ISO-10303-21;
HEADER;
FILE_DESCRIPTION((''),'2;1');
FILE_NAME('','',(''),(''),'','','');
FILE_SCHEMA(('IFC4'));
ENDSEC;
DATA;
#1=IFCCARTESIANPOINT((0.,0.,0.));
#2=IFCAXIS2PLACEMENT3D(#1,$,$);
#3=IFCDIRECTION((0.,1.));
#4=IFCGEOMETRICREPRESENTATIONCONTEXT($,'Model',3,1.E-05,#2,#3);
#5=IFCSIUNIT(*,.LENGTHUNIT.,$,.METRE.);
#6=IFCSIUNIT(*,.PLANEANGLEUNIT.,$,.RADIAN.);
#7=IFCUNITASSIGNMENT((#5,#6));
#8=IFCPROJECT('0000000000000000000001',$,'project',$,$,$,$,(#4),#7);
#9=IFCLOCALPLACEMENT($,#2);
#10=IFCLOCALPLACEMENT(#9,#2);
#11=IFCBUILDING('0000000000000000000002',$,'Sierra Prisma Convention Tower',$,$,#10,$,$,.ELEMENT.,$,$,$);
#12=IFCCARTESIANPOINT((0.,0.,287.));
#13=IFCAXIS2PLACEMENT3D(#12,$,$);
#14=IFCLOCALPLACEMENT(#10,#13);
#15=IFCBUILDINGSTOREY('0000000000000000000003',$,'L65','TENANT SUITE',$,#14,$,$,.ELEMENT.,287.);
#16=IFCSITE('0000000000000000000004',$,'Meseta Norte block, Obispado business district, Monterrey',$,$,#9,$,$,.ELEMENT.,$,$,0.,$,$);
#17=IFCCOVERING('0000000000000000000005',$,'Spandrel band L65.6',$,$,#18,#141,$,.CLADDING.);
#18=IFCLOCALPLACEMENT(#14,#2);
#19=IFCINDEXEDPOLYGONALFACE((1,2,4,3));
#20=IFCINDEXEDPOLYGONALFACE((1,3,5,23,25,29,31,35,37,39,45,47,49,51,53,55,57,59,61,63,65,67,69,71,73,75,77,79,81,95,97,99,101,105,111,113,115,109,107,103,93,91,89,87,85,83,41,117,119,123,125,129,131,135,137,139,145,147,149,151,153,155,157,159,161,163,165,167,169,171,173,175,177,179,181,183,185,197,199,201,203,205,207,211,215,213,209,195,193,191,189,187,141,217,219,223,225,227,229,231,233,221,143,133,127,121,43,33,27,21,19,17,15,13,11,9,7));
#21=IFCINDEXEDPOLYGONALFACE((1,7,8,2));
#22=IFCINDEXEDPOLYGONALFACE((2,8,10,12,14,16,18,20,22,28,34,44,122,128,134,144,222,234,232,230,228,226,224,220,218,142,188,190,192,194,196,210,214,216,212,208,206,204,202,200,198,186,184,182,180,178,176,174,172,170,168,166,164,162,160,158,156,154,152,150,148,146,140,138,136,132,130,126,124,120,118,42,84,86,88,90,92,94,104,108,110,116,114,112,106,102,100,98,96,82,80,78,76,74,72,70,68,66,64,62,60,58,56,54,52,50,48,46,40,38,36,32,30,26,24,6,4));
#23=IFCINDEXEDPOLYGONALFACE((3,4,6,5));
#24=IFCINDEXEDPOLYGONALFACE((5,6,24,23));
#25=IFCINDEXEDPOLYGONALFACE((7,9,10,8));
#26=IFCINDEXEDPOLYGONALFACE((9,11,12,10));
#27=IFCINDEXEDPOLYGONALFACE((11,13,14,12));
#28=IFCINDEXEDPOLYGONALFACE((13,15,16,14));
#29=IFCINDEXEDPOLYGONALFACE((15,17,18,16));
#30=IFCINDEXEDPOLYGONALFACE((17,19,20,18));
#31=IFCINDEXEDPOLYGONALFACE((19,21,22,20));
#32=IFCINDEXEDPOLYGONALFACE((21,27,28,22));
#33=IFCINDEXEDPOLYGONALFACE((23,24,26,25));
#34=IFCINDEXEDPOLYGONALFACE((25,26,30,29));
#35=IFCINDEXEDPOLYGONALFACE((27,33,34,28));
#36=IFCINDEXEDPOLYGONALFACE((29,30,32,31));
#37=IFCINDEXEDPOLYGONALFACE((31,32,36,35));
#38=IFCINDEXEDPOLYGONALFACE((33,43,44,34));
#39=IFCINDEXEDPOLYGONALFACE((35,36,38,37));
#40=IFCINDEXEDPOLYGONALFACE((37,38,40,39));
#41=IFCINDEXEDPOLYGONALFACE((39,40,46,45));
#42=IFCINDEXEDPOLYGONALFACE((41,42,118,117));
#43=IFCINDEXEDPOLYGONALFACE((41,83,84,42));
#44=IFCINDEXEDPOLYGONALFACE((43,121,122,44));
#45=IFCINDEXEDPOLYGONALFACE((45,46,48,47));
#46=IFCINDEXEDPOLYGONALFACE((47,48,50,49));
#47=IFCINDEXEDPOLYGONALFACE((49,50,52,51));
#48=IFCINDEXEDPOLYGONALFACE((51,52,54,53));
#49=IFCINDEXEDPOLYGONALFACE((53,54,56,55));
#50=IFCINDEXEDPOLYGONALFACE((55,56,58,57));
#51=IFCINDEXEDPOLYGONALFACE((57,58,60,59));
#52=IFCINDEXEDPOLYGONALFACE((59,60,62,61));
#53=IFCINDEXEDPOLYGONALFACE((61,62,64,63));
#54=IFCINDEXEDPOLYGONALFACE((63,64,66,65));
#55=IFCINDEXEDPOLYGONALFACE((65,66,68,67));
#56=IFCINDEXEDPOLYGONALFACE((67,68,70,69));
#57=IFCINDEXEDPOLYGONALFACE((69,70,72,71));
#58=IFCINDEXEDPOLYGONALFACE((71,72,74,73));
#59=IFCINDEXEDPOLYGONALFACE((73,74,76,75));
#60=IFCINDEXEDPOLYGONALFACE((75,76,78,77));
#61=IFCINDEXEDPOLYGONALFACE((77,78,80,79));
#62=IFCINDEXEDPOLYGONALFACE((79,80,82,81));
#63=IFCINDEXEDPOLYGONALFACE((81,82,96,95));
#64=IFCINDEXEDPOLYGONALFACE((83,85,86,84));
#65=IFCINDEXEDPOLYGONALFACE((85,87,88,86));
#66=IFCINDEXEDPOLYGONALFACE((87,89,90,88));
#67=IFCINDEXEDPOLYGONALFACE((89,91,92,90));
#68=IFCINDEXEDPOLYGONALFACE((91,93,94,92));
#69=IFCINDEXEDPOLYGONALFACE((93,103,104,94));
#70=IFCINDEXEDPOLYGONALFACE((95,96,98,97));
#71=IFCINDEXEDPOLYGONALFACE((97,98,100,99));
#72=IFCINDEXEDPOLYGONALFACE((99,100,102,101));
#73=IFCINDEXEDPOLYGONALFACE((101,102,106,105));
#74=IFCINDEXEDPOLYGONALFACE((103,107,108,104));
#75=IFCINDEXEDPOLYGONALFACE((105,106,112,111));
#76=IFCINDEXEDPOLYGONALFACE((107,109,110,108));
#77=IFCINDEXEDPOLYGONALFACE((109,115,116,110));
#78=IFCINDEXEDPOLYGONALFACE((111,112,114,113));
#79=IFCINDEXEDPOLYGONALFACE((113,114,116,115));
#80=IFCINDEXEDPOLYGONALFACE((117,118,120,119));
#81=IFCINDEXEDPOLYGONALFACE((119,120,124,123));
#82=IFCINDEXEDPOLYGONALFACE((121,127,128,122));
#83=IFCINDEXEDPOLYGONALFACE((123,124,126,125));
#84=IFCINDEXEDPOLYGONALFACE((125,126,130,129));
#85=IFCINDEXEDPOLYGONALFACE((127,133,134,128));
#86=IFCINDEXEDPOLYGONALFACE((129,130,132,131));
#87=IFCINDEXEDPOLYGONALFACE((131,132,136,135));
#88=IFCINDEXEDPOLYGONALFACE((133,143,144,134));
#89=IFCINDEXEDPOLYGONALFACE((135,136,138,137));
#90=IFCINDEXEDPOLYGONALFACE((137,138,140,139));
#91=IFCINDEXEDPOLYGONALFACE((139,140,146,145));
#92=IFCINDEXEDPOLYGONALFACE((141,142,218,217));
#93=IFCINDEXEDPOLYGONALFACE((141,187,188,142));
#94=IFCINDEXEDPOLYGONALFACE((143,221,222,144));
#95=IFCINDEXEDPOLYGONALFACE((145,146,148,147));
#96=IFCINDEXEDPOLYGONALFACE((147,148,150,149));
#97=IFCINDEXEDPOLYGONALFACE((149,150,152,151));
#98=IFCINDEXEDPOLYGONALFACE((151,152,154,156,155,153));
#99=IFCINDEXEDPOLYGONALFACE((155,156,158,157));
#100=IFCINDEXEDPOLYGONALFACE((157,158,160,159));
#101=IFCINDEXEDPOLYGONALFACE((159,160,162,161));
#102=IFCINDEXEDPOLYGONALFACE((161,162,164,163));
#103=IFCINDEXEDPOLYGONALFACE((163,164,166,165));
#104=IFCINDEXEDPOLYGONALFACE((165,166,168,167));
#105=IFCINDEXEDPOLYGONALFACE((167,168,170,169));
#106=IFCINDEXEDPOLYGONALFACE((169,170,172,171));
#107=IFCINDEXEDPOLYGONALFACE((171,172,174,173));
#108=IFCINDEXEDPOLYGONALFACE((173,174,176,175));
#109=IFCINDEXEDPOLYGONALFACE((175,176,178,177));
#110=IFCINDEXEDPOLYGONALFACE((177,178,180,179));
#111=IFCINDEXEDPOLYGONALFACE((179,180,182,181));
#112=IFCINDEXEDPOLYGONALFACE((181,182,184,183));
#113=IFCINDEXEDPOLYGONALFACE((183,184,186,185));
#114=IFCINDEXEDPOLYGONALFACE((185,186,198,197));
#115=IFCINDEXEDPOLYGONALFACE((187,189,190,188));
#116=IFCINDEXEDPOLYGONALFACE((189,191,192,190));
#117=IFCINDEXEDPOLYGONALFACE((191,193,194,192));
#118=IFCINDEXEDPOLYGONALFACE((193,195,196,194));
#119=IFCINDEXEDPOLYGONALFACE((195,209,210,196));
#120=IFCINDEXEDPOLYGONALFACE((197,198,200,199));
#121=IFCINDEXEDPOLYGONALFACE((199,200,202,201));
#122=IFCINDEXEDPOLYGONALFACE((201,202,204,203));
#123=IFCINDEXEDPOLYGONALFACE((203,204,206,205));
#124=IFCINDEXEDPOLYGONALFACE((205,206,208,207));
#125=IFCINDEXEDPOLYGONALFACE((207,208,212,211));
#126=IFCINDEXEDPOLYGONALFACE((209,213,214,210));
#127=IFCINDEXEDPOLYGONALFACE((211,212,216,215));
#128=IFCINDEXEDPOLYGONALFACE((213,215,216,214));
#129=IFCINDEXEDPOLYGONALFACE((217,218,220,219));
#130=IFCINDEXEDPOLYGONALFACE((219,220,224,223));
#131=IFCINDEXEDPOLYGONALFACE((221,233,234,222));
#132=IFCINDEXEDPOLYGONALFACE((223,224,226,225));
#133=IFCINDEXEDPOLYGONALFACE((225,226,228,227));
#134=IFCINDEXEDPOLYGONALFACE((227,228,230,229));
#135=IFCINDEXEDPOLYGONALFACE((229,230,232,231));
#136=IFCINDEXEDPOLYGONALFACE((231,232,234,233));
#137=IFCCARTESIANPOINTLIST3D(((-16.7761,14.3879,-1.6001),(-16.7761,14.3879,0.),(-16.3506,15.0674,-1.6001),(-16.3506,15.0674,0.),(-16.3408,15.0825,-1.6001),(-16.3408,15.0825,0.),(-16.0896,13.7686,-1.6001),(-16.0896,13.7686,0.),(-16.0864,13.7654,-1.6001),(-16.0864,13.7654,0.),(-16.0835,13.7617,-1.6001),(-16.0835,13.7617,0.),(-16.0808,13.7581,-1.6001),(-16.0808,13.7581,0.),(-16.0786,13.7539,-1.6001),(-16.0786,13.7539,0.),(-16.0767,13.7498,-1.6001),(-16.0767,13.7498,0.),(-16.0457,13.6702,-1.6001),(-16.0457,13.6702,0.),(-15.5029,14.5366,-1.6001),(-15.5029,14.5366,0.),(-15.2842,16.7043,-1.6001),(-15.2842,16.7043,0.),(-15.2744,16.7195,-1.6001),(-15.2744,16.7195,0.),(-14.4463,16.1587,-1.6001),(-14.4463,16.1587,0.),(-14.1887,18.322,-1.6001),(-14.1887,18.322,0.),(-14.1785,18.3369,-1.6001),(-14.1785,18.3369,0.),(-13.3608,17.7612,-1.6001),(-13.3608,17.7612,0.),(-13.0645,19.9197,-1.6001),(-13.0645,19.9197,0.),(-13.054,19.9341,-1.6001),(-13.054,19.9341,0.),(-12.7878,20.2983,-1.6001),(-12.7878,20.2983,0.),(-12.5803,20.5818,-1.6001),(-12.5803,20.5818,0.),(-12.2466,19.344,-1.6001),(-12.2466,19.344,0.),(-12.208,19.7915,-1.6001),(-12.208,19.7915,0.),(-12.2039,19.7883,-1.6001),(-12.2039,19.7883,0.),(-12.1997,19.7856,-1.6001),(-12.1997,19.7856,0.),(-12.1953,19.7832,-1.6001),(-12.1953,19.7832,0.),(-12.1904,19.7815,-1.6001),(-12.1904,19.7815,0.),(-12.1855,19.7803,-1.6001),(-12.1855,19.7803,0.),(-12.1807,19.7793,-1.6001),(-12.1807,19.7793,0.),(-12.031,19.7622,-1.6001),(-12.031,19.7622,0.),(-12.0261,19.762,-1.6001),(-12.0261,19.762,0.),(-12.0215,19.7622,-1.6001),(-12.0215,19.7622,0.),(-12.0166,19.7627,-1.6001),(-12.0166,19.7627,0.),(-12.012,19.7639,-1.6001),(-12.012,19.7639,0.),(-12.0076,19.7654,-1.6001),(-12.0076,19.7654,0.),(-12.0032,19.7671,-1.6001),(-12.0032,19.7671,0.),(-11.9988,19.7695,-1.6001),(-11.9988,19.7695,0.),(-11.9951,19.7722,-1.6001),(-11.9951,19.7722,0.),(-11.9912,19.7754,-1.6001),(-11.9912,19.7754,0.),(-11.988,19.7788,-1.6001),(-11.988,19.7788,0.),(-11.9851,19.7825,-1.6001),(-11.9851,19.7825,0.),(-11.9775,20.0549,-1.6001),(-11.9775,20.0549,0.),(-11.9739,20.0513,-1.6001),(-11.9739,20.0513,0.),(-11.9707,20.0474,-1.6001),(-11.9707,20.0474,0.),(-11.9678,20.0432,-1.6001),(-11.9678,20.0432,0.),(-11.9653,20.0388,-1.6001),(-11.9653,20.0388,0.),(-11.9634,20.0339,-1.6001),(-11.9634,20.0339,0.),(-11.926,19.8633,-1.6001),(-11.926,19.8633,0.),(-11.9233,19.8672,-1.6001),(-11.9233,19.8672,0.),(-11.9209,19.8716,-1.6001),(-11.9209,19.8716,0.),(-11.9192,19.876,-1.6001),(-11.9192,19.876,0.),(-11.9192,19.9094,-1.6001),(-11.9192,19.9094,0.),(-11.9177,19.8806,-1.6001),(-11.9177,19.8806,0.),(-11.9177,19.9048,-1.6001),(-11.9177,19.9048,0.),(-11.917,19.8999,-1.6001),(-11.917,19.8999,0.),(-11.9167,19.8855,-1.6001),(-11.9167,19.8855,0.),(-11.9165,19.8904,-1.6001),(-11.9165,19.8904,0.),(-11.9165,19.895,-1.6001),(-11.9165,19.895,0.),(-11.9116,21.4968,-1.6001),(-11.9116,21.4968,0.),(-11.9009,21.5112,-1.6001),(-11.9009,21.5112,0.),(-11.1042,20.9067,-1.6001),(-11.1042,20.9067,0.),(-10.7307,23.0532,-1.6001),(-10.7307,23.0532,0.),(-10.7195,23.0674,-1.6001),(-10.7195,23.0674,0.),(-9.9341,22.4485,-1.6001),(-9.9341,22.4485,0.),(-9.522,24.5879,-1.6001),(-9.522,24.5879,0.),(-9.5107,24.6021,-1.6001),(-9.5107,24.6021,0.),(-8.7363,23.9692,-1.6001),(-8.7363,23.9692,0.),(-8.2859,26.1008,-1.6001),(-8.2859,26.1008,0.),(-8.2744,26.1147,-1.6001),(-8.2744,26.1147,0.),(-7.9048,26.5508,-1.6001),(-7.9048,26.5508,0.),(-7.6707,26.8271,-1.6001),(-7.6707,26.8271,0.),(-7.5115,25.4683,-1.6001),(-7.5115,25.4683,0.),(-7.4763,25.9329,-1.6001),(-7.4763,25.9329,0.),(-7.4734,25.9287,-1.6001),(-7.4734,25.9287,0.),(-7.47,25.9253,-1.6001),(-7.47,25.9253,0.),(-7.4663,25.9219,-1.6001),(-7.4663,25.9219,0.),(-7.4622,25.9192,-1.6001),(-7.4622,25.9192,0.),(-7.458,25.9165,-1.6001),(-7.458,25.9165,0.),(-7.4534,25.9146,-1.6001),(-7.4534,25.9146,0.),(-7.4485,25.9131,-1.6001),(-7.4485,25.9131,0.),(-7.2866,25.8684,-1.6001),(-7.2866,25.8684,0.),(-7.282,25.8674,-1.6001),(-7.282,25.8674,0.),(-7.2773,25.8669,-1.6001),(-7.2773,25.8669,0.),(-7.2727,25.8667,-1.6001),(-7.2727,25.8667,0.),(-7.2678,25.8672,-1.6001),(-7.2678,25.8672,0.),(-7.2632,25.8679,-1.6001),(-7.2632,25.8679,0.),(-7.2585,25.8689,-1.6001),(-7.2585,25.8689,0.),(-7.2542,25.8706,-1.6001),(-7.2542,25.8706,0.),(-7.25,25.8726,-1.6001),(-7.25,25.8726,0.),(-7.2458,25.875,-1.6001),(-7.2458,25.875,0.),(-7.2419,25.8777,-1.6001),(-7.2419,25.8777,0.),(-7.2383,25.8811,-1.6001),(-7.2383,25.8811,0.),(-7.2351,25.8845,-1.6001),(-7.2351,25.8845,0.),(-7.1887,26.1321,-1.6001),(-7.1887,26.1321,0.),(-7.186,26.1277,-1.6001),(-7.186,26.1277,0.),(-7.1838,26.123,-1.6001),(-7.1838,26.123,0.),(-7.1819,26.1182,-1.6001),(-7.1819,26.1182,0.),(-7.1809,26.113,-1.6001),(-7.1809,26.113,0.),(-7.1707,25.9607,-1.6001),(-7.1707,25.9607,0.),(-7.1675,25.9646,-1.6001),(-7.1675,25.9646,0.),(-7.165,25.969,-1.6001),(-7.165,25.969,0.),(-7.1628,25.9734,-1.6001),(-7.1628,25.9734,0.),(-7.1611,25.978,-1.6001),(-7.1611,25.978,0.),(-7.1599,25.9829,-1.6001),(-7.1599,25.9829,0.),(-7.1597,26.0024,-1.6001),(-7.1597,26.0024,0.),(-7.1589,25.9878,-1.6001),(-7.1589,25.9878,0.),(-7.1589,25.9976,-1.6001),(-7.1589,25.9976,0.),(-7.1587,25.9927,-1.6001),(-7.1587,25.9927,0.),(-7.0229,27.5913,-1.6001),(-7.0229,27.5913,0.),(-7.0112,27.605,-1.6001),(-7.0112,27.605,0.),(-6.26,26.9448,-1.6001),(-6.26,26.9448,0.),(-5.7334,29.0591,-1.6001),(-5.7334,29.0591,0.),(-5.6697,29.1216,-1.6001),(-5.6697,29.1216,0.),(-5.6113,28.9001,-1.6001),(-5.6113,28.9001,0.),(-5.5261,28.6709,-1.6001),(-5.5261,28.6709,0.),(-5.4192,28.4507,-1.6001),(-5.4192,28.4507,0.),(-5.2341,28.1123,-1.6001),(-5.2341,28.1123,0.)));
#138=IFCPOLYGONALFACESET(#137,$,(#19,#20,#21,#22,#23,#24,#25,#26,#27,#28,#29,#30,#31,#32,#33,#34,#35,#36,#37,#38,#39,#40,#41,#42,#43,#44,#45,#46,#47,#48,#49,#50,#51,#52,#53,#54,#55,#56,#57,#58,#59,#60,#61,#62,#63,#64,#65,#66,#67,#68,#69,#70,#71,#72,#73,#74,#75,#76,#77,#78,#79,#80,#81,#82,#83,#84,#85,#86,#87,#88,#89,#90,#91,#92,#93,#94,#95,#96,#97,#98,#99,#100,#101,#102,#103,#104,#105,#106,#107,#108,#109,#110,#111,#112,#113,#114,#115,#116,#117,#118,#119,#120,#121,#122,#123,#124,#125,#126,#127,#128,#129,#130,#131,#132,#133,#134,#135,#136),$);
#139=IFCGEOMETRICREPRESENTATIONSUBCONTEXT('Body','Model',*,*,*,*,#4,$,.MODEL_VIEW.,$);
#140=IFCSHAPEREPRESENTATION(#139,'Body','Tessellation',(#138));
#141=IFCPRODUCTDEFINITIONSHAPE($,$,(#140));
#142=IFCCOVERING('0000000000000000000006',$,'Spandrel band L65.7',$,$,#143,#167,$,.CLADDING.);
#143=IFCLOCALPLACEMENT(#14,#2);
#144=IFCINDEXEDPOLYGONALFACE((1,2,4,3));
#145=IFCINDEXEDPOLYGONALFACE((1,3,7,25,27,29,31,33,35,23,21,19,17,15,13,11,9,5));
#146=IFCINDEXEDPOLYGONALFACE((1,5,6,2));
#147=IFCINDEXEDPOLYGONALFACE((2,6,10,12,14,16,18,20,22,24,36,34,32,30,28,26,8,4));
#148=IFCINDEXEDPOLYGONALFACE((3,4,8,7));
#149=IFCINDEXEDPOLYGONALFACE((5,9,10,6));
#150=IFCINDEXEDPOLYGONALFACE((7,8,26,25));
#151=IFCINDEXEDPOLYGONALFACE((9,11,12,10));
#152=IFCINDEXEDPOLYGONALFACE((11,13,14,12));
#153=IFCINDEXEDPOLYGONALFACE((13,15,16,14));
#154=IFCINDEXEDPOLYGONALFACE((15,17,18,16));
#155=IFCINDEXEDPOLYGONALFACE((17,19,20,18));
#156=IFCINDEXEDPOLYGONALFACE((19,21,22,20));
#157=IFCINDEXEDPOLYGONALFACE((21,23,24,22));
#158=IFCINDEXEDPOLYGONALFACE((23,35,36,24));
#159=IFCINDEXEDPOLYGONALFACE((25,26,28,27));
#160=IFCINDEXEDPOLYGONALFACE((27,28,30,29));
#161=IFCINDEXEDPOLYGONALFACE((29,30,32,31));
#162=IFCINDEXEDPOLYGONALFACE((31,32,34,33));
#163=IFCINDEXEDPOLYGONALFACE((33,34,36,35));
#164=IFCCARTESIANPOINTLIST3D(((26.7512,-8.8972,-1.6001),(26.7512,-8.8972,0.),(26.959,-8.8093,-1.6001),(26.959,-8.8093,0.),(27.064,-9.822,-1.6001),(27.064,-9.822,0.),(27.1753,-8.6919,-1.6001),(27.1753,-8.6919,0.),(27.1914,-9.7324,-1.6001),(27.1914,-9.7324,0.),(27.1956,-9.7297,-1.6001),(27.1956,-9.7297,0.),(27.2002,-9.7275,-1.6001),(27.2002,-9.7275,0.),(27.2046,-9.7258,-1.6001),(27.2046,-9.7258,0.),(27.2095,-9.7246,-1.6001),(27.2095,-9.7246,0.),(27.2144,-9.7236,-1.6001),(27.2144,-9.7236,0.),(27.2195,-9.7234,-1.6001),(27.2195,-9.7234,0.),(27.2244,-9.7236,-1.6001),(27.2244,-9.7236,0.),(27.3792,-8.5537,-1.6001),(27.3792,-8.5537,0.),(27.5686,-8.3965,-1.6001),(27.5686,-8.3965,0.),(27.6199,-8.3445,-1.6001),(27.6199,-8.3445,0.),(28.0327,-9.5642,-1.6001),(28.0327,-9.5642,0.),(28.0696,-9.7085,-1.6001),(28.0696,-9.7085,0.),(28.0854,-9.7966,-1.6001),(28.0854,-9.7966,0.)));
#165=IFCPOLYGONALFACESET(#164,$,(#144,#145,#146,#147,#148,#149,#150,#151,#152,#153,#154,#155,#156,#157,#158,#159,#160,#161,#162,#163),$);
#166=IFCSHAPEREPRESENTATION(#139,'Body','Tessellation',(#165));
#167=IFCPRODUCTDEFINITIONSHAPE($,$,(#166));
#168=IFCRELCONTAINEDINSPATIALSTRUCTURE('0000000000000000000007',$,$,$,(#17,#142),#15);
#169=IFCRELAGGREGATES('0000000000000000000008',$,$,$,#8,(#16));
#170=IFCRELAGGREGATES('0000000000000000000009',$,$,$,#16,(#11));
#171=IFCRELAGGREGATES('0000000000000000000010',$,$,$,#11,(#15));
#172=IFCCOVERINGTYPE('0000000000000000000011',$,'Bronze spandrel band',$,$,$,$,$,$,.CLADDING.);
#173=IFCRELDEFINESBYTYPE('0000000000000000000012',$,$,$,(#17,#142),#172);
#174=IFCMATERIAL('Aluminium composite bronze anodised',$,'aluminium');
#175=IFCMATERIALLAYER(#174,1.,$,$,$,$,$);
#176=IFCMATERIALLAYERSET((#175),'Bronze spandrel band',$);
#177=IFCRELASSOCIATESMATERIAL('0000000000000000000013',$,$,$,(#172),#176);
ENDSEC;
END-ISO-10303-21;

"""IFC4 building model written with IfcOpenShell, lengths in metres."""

from ifc_helpers import new_model, si_unit, direction, frame, origin, place, context, subcontext, project, spatial, polyline, outline, extrude, material, layer, layer_set, type_object, element, save


model = new_model("IFC4")

# Units and contexts
model_context = context("Model", 3, precision=1e-05, world=origin(), true_north=direction((0.0, 1.0)))
body_context = subcontext(model_context, "Body", "Model", "MODEL_VIEW")
ifc_project = project(units=[si_unit("LENGTHUNIT", "METRE"), si_unit("PLANEANGLEUNIT", "RADIAN")], contexts=[model_context])

# Site, building, storey
site_placement = place(None, origin())
site = spatial("IfcSite", under=ifc_project, at=site_placement, Name="Meseta Norte block, Obispado business district, Monterrey", CompositionType="ELEMENT", RefElevation=0.0)
building_placement = place(site_placement, origin())
building = spatial("IfcBuilding", under=site, at=building_placement, Name="Sierra Prisma Convention Tower", CompositionType="ELEMENT")
storey_placement = place(building_placement, frame((0.0, 0.0, 287.0)))
storey = spatial("IfcBuildingStorey", under=building, at=storey_placement, Name="L65", Description="TENANT SUITE", CompositionType="ELEMENT", Elevation=287.0)

# Coverings
ifc_material_1 = material(Name="Aluminium composite bronze anodised", Category="aluminium")
ifc_layer_1 = layer(ifc_material_1, 1.0)
ifc_layer_set_1 = layer_set([ifc_layer_1], Name="Bronze spandrel band")
covering_type_1 = type_object("IfcCoveringType", Name="Bronze spandrel band", PredefinedType="CLADDING", material=ifc_layer_set_1)
covering_1_placement = place(storey_placement, frame((0.0, 0.0, -1.6001)))
element("IfcCovering", 1, at=covering_1_placement, inside=storey, type_object=covering_type_1, Name="Spandrel band L65.6", PredefinedType="CLADDING", context=body_context, shape_type="SweptSolid", body=[
    extrude(outline(polyline([(-13.054, 19.9341), (-12.7878, 20.2983), (-12.208, 19.7915), (-12.2039, 19.7883), (-12.1997, 19.7856), (-12.1953, 19.7832), (-12.1904, 19.7815), (-12.1855, 19.7803), (-12.1807, 19.7793), (-12.031, 19.7622), (-12.0261, 19.762), (-12.0215, 19.7622), (-12.0166, 19.7627), (-12.012, 19.7639), (-12.0076, 19.7654), (-12.0032, 19.7671), (-11.9988, 19.7695), (-11.9951, 19.7722), (-11.9912, 19.7754), (-11.988, 19.7788), (-11.9851, 19.7825), (-11.926, 19.8633), (-11.9233, 19.8672), (-11.9209, 19.8716), (-11.9192, 19.876), (-11.9177, 19.8806), (-11.9167, 19.8855), (-11.9165, 19.8904), (-11.9165, 19.895), (-11.917, 19.8999), (-11.9177, 19.9048), (-11.9192, 19.9094), (-11.9634, 20.0339), (-11.9653, 20.0388), (-11.9678, 20.0432), (-11.9707, 20.0474), (-11.9739, 20.0513), (-11.9775, 20.0549), (-12.5803, 20.5818), (-11.9116, 21.4968), (-11.9009, 21.5112), (-10.7307, 23.0532), (-10.7195, 23.0674), (-9.522, 24.5879), (-9.5107, 24.6021), (-8.2859, 26.1008), (-8.2744, 26.1147), (-7.9048, 26.5508), (-7.4763, 25.9329), (-7.4734, 25.9287), (-7.47, 25.9253), (-7.4663, 25.9219), (-7.4622, 25.9192), (-7.458, 25.9165), (-7.4534, 25.9146), (-7.4485, 25.9131), (-7.2866, 25.8684), (-7.282, 25.8674), (-7.2773, 25.8669), (-7.2727, 25.8667), (-7.2678, 25.8672), (-7.2632, 25.8679), (-7.2585, 25.8689), (-7.2542, 25.8706), (-7.25, 25.8726), (-7.2458, 25.875), (-7.2419, 25.8777), (-7.2383, 25.8811), (-7.2351, 25.8845), (-7.1707, 25.9607), (-7.1675, 25.9646), (-7.165, 25.969), (-7.1628, 25.9734), (-7.1611, 25.978), (-7.1599, 25.9829), (-7.1589, 25.9878), (-7.1587, 25.9927), (-7.1589, 25.9976), (-7.1597, 26.0024), (-7.1809, 26.113), (-7.1819, 26.1182), (-7.1838, 26.123), (-7.186, 26.1277), (-7.1887, 26.1321), (-7.6707, 26.8271), (-7.0229, 27.5913), (-7.0112, 27.605), (-5.7334, 29.0591), (-5.6697, 29.1216), (-5.6113, 28.9001), (-5.5261, 28.6709), (-5.4192, 28.4507), (-5.2341, 28.1123), (-6.26, 26.9448), (-7.5115, 25.4683), (-8.7363, 23.9692), (-9.9341, 22.4485), (-11.1042, 20.9067), (-12.2466, 19.344), (-13.3608, 17.7612), (-14.4463, 16.1587), (-15.5029, 14.5366), (-16.0457, 13.6702), (-16.0767, 13.7498), (-16.0786, 13.7539), (-16.0808, 13.7581), (-16.0835, 13.7617), (-16.0864, 13.7654), (-16.0896, 13.7686), (-16.7761, 14.3879), (-16.3506, 15.0674), (-16.3408, 15.0825), (-15.2842, 16.7043), (-15.2744, 16.7195), (-14.1887, 18.322), (-14.1785, 18.3369), (-13.0645, 19.9197), (-13.054, 19.9341)])), origin(), (0.0, 0.0, 1.0), 1.6001),
])
covering_2_placement = place(storey_placement, frame((0.0, 0.0, -1.6001)))
element("IfcCovering", 2, at=covering_2_placement, inside=storey, type_object=covering_type_1, Name="Spandrel band L65.7", PredefinedType="CLADDING", context=body_context, shape_type="SweptSolid", body=[
    extrude(outline(polyline([(28.0327, -9.5642), (28.0696, -9.7085), (28.0854, -9.7966), (27.2244, -9.7236), (27.2195, -9.7234), (27.2144, -9.7236), (27.2095, -9.7246), (27.2046, -9.7258), (27.2002, -9.7275), (27.1956, -9.7297), (27.1914, -9.7324), (27.064, -9.822), (26.7512, -8.8972), (26.959, -8.8093), (27.1753, -8.6919), (27.3792, -8.5537), (27.5686, -8.3965), (27.6199, -8.3445), (28.0327, -9.5642)])), origin(), (0.0, 0.0, 1.0), 1.6001),
])

save(model, "model.ifc")
